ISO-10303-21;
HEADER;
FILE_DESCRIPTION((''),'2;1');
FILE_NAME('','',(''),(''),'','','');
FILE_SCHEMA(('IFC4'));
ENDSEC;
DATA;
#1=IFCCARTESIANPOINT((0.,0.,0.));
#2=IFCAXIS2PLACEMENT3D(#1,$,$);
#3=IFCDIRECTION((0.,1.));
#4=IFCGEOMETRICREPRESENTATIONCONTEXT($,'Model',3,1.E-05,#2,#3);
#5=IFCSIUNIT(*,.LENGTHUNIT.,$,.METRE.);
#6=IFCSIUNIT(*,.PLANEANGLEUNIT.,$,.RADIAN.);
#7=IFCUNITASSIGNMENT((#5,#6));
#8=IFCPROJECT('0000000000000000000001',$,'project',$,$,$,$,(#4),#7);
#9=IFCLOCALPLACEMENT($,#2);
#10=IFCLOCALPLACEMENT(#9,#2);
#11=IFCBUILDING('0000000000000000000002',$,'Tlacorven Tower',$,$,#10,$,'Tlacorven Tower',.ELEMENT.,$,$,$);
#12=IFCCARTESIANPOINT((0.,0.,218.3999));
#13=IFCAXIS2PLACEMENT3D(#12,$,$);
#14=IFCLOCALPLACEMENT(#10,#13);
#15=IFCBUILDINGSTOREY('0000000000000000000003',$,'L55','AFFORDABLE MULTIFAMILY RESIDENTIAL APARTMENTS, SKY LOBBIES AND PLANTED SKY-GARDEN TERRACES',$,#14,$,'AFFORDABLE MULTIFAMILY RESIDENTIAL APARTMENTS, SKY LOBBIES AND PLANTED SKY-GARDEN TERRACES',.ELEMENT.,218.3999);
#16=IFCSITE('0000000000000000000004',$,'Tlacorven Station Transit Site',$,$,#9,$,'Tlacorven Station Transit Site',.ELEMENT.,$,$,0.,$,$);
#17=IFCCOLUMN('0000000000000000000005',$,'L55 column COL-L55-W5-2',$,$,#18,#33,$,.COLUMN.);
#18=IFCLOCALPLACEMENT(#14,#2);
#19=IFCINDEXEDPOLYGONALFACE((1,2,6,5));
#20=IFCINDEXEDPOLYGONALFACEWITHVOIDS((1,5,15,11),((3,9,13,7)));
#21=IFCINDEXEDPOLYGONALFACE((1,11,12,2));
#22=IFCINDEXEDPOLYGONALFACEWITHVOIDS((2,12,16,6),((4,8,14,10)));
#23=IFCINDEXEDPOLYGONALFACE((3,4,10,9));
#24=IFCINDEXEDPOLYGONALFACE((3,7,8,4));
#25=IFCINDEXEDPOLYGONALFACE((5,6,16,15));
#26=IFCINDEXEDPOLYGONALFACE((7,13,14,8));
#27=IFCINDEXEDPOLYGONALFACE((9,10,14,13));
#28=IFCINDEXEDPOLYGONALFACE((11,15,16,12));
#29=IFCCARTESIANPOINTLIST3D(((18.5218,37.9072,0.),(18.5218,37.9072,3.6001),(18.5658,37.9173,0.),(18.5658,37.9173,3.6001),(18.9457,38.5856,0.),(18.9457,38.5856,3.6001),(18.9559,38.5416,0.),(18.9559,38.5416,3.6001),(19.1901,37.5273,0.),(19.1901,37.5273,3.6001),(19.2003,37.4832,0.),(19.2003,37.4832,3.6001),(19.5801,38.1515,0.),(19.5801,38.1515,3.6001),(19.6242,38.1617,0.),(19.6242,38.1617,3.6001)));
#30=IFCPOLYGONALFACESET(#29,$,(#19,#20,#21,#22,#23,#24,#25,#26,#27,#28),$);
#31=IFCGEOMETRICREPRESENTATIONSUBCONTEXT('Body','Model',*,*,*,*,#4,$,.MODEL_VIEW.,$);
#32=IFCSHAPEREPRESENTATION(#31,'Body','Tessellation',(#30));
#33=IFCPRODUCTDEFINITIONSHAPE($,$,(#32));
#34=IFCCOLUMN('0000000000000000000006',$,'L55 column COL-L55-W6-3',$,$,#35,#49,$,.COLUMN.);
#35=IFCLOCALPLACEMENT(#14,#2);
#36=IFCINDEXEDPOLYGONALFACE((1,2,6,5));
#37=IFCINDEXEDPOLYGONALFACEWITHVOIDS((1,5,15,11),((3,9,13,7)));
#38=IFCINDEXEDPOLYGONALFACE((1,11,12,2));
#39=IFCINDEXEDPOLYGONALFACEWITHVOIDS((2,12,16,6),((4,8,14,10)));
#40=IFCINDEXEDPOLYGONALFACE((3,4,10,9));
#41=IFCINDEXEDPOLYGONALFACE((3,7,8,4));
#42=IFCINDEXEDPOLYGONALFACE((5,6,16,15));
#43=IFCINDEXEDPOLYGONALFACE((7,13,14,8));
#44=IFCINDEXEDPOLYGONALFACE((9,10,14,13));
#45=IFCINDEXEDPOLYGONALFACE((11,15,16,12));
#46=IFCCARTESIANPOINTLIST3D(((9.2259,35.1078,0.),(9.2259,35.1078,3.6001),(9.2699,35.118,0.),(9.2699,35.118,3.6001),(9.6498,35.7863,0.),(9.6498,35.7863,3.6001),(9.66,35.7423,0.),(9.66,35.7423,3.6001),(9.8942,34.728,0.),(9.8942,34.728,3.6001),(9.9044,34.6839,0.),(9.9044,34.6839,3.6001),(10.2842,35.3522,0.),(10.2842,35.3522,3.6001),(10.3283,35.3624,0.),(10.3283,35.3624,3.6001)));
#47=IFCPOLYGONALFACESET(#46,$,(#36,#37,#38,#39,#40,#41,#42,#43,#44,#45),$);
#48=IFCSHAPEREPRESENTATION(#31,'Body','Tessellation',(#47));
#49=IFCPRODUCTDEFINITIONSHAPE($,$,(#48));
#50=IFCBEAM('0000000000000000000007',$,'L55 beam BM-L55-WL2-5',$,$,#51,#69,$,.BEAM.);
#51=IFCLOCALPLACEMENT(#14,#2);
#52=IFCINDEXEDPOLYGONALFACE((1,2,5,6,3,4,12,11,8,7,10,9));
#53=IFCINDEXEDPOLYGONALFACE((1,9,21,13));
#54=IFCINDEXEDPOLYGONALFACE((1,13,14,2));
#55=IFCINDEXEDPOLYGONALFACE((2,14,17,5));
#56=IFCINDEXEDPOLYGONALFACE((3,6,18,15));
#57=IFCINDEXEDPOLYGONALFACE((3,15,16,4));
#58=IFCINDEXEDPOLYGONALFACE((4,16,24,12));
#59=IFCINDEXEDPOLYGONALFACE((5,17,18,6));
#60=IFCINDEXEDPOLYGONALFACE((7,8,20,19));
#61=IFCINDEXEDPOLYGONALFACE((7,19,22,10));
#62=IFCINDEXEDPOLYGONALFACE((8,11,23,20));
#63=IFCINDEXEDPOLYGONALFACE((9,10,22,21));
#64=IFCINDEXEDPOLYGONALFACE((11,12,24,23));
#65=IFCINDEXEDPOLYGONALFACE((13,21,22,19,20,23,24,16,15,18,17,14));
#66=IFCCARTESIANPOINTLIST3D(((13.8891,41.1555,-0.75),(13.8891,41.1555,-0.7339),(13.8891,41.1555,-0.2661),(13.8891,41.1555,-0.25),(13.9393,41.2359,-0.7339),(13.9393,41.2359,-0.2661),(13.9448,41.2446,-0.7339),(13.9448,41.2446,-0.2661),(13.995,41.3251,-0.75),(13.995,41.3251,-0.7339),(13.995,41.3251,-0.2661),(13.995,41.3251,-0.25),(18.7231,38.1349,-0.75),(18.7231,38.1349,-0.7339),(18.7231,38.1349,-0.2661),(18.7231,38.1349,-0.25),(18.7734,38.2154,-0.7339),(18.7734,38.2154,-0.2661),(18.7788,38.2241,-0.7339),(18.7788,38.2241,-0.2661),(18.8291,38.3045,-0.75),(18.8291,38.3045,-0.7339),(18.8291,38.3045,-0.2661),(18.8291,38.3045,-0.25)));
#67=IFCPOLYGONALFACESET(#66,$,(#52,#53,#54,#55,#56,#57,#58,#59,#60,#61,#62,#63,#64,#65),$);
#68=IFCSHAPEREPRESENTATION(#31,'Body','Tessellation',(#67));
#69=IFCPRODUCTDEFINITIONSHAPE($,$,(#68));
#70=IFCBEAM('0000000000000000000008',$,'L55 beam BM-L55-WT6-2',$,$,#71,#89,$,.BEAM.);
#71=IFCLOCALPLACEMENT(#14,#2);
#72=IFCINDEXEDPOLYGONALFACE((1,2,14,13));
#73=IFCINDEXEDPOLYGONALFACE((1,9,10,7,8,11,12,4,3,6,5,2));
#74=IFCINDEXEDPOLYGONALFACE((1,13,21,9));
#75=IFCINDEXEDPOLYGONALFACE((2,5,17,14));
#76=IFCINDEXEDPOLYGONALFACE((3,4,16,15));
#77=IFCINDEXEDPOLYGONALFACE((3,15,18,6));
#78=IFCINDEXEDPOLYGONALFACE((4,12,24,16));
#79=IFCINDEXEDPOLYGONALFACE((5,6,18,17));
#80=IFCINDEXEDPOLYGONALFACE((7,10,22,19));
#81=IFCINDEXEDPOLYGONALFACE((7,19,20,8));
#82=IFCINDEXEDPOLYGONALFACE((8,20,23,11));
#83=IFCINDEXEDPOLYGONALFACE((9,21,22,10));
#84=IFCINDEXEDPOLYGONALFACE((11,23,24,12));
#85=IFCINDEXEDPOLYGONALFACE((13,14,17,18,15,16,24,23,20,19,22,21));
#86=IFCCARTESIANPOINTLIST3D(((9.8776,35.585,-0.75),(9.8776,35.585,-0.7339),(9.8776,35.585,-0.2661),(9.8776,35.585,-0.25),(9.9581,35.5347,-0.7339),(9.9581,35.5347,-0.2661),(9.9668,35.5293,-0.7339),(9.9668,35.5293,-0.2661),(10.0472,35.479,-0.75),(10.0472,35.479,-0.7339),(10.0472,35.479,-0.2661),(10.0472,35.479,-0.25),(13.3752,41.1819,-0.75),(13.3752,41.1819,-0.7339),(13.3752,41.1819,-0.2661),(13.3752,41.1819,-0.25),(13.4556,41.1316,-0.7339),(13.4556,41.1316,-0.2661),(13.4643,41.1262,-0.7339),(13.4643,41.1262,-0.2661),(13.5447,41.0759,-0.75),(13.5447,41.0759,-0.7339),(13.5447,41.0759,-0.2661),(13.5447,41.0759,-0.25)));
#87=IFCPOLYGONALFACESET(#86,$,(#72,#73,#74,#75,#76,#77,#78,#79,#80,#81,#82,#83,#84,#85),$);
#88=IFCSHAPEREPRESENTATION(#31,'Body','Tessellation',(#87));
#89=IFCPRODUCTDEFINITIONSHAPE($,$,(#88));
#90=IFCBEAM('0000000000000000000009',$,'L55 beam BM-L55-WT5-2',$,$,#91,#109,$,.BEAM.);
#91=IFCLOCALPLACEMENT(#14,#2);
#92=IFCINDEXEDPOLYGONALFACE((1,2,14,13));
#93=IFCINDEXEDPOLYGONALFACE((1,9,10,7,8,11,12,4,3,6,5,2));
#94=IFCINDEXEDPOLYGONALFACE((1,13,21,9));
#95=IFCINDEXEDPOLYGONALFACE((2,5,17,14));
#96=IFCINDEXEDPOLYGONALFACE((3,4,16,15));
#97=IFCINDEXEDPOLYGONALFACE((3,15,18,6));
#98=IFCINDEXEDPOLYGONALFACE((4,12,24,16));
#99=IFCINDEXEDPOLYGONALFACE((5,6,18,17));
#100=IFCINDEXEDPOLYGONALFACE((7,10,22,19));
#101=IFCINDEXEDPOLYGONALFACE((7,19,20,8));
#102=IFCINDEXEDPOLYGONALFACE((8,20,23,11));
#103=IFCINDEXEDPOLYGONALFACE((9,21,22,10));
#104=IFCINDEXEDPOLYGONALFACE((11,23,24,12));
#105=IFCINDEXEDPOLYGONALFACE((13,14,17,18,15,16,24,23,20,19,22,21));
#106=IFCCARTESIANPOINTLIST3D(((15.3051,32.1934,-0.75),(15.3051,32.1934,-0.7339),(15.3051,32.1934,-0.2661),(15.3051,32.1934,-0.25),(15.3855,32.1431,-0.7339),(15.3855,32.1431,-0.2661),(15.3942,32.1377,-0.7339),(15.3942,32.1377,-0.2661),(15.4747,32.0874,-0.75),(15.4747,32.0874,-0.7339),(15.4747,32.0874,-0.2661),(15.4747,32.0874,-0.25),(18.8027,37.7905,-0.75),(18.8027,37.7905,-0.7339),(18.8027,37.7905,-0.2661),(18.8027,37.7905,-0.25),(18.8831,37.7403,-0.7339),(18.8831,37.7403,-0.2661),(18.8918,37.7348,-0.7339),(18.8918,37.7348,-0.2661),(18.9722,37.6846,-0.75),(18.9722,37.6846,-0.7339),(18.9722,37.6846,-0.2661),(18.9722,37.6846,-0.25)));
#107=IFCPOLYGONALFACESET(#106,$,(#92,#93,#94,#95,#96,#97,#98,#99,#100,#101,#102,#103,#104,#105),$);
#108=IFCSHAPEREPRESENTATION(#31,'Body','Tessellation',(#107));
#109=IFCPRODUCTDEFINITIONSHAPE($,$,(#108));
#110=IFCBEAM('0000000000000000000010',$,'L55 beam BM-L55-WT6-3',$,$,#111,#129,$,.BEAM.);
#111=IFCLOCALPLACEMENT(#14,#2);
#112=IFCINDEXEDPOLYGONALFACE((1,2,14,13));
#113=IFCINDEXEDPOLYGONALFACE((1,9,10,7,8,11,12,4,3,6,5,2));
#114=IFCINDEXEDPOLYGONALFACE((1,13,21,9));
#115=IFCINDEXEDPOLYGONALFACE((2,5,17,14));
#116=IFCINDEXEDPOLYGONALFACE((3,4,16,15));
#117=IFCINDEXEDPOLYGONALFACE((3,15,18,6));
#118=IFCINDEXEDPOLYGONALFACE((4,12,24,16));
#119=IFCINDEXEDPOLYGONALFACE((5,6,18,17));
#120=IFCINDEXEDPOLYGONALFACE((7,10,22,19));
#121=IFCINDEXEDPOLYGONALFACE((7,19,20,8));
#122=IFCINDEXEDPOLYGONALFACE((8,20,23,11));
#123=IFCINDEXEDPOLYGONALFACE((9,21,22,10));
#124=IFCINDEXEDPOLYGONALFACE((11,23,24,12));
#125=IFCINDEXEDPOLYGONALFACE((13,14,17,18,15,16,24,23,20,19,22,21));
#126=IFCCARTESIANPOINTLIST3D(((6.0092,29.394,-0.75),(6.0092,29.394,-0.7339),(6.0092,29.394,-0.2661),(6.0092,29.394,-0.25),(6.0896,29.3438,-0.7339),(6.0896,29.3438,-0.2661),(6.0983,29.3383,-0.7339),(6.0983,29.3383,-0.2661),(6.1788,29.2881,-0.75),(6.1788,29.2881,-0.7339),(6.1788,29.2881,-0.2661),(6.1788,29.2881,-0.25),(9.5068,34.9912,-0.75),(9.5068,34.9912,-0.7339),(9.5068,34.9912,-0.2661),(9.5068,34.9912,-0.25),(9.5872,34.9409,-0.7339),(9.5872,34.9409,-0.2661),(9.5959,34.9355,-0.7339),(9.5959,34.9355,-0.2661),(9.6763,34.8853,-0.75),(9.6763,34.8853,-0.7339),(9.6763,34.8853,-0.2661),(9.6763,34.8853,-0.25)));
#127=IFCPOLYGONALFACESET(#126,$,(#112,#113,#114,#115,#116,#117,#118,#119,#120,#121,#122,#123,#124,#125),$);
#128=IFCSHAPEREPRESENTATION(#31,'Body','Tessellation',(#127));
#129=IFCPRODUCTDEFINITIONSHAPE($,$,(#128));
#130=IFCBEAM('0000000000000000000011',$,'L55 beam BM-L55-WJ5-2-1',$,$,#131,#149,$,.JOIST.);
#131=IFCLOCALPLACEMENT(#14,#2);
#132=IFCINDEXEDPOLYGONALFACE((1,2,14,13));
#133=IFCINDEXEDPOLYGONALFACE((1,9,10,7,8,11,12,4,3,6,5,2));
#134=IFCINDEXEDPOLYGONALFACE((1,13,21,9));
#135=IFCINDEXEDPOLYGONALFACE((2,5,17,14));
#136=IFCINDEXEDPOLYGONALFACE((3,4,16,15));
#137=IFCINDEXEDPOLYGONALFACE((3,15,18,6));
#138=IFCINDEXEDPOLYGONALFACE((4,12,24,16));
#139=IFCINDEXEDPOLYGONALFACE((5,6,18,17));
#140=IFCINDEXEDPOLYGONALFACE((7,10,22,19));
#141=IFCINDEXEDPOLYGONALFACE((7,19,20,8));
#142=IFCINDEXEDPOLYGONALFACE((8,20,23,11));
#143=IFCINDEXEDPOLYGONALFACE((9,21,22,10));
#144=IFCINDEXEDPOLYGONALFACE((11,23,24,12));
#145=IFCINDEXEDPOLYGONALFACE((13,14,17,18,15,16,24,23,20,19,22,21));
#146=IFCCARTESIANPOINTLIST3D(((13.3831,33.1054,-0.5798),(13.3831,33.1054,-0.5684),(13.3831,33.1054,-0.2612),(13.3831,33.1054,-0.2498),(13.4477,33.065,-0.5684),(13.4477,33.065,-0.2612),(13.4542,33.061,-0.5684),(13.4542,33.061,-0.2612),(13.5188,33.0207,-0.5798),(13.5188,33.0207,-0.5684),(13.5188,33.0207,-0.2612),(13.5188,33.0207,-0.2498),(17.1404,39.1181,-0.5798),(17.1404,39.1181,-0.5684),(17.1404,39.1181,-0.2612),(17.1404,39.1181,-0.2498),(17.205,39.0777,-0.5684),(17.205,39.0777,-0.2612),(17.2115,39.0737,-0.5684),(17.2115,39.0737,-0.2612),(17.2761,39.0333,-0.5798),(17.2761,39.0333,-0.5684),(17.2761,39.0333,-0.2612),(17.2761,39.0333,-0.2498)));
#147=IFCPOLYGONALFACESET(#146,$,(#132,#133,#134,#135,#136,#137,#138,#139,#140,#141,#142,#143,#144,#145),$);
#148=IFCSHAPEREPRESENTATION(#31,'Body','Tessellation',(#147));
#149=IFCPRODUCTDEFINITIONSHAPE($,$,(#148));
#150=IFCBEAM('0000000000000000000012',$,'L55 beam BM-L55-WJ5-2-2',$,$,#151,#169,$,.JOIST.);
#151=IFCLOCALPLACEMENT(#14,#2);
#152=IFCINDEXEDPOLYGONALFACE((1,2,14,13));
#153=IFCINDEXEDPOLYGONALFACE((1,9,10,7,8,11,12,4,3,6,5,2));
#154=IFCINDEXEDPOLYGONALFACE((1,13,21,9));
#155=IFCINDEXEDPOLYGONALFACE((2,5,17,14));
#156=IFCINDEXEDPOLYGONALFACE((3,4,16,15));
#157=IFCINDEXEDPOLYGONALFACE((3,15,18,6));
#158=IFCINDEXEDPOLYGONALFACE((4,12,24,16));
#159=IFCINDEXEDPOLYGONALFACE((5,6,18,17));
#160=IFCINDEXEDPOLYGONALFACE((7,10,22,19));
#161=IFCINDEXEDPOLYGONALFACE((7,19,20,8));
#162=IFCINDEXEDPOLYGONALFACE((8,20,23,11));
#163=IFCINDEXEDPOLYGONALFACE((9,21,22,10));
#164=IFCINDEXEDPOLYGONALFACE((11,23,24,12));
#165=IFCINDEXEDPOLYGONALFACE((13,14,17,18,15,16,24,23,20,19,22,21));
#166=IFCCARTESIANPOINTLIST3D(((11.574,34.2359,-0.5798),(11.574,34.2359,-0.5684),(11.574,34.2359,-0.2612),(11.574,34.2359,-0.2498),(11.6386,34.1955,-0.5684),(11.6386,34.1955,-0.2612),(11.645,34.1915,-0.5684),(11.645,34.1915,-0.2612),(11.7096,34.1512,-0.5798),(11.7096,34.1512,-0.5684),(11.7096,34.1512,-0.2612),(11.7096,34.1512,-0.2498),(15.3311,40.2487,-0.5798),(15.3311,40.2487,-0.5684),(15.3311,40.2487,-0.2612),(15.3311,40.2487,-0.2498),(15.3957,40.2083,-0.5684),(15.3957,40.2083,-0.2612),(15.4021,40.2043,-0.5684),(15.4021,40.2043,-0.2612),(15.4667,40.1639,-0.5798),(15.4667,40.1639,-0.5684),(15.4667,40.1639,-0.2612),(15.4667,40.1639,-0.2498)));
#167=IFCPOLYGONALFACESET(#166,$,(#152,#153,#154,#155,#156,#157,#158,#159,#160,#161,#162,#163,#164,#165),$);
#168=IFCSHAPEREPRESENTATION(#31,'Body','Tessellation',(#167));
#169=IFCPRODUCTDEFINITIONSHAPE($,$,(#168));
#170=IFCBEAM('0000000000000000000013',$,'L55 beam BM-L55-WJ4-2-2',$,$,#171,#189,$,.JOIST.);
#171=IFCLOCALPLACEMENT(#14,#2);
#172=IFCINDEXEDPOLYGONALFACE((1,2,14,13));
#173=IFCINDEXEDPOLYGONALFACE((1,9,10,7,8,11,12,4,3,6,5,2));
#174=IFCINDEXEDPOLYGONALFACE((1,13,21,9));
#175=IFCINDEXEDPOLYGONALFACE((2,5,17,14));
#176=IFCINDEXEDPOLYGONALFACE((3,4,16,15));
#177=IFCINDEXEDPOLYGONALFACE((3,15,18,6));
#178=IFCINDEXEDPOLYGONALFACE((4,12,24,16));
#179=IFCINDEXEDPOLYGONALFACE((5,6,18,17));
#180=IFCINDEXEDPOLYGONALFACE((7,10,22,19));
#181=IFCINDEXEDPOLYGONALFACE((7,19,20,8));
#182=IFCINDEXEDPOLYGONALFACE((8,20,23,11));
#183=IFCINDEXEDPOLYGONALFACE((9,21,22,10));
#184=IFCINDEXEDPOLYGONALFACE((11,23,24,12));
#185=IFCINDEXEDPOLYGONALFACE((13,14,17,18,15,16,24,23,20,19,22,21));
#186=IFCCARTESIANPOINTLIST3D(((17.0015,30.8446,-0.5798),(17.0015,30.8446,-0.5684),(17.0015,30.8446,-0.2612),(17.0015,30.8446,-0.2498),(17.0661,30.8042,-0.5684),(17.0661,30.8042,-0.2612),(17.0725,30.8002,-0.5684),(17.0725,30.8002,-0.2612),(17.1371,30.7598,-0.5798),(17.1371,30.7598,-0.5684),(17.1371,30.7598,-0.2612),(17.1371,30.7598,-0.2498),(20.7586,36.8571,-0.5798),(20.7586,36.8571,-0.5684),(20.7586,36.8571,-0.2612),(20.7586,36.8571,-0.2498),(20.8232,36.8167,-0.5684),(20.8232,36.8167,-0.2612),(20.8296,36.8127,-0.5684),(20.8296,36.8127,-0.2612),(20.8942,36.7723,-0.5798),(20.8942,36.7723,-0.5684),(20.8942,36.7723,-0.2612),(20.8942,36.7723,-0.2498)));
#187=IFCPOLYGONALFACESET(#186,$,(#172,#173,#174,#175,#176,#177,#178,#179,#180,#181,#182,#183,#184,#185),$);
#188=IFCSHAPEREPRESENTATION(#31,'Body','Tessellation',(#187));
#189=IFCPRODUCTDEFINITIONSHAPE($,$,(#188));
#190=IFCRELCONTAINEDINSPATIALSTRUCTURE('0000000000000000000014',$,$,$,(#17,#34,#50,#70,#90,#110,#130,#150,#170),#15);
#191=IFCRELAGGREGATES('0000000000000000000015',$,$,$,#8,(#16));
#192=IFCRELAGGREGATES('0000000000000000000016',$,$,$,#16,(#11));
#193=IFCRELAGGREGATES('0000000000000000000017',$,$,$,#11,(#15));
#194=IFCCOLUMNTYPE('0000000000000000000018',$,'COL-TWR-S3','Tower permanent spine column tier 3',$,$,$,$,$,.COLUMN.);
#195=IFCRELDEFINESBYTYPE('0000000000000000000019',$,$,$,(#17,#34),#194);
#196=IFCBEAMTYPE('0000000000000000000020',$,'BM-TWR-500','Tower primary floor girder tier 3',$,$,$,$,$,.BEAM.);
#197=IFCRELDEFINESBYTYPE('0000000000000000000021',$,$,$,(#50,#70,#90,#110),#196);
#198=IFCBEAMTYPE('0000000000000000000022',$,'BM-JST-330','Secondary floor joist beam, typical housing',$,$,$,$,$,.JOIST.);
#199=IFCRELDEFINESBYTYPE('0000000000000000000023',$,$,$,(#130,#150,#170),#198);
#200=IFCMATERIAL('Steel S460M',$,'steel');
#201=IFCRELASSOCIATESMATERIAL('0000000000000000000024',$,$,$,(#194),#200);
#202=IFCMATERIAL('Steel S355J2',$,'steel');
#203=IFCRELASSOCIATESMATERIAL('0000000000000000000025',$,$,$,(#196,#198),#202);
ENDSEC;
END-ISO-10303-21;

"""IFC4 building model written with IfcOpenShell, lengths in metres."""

from ifc_helpers import new_model, si_unit, direction, frame, origin, origin_2d, place, context, subcontext, project, spatial, hollow_rectangle, i_section, extrude, source, transform, mapped, material, material_profile, profile_set, type_object, element, save


model = new_model("IFC4")

# Units and contexts
model_context = context("Model", 3, precision=1e-05, world=origin(), true_north=direction((0.0, 1.0)))
body_context = subcontext(model_context, "Body", "Model", "MODEL_VIEW")
ifc_project = project(units=[si_unit("LENGTHUNIT", "METRE"), si_unit("PLANEANGLEUNIT", "RADIAN")], contexts=[model_context])

# Site, building, storey
site_placement = place(None, origin())
site = spatial("IfcSite", under=ifc_project, at=site_placement, Name="Tlacorven Station Transit Site", LongName="Tlacorven Station Transit Site", CompositionType="ELEMENT", RefElevation=0.0)
building_placement = place(site_placement, origin())
building = spatial("IfcBuilding", under=site, at=building_placement, Name="Tlacorven Tower", LongName="Tlacorven Tower", CompositionType="ELEMENT")
storey_placement = place(building_placement, frame((0.0, 0.0, 218.3999)))
storey = spatial("IfcBuildingStorey", under=building, at=storey_placement, Name="L55", Description="AFFORDABLE MULTIFAMILY RESIDENTIAL APARTMENTS, SKY LOBBIES AND PLANTED SKY-GARDEN TERRACES", LongName="AFFORDABLE MULTIFAMILY RESIDENTIAL APARTMENTS, SKY LOBBIES AND PLANTED SKY-GARDEN TERRACES", CompositionType="ELEMENT", Elevation=218.3999)

# Columns
ifc_material_1 = material(Name="Steel S460M", Category="steel")
ifc_material_profile_1 = material_profile(ifc_material_1, hollow_rectangle(XDim=0.8, YDim=0.8, WallThickness=0.032, at=origin_2d()), Name="BOX 800X800X32")
ifc_profile_set_1 = profile_set([ifc_material_profile_1], Name="Steel S460M")
column_type = type_object("IfcColumnType", Name="COL-TWR-S3", Description="Tower permanent spine column tier 3", PredefinedType="COLUMN", material=ifc_profile_set_1)
shared_shape_1 = source(origin(), body_context, "Body", "SweptSolid", [
    extrude(hollow_rectangle(XDim=0.8, YDim=0.8, WallThickness=0.032, at=origin_2d()), origin(), (0.0, 0.0, 1.0), 3.6001),
])
for number, where, z_axis, x_axis, name in (
    (1, (19.073, 38.0344, 0.0), (0.0, 0.0, 1.0), (-0.848048, 0.529919, 0.0), "L55 column COL-L55-W5-2"),
    (2, (9.7771, 35.2351, 0.0), (0.0, 0.0, 1.0), (-0.848048, 0.529919, 0.0), "L55 column COL-L55-W6-3"),
):
    element("IfcColumn", number, at=place(storey_placement, frame(where, z_axis=z_axis, x_axis=x_axis)), inside=storey, type_object=column_type, Name=name, PredefinedType="COLUMN", context=body_context, shape_type="MappedRepresentation", body=[
        mapped(shared_shape_1, transform((0.0, 0.0, 0.0), scale=1.0)),
    ])

# Beams
ifc_material_2 = material(Name="Steel S355J2", Category="steel")
ifc_material_profile_2 = material_profile(ifc_material_2, i_section(OverallWidth=0.2, OverallDepth=0.5, WebThickness=0.0103, FlangeThickness=0.0161, at=origin_2d()), Name="IPE 500")
ifc_profile_set_2 = profile_set([ifc_material_profile_2], Name="Steel S355J2")
beam_type_1 = type_object("IfcBeamType", Name="BM-TWR-500", Description="Tower primary floor girder tier 3", PredefinedType="BEAM", material=ifc_profile_set_2)
shared_shape_2 = source(origin(), body_context, "Body", "SweptSolid", [
    extrude(i_section(OverallWidth=0.2, OverallDepth=0.5, WebThickness=0.0103, FlangeThickness=0.0161, at=origin_2d()), origin(), (0.0, 0.0, 1.0), 5.7002),
])
beam_1_placement = place(storey_placement, frame((18.7761, 38.2197, -0.5), z_axis=(-0.848056, 0.529907, 0.0), x_axis=(-0.529907, -0.848056, 0.0)))
element("IfcBeam", 3, at=beam_1_placement, inside=storey, type_object=beam_type_1, Name="L55 beam BM-L55-WL2-5", PredefinedType="BEAM", context=body_context, shape_type="MappedRepresentation", body=[
    mapped(shared_shape_2, transform((0.0, 0.0, 0.0), scale=1.0)),
])
shared_shape_3 = source(origin(), body_context, "Body", "SweptSolid", [
    extrude(i_section(OverallWidth=0.2, OverallDepth=0.5, WebThickness=0.0103, FlangeThickness=0.0161, at=origin_2d()), origin(), (0.0, 0.0, 1.0), 6.5999),
])
beam_2_placement = place(storey_placement, frame((13.46, 41.1289, -0.5), z_axis=(-0.529942, -0.848034, 0.0), x_axis=(0.848034, -0.529942, 0.0)))
element("IfcBeam", 4, at=beam_2_placement, inside=storey, type_object=beam_type_1, Name="L55 beam BM-L55-WT6-2", PredefinedType="BEAM", context=body_context, shape_type="MappedRepresentation", body=[
    mapped(shared_shape_3, transform((0.0, 0.0, 0.0), scale=1.0)),
])
shared_shape_4 = source(origin(), body_context, "Body", "SweptSolid", [
    extrude(i_section(OverallWidth=0.2, OverallDepth=0.5, WebThickness=0.0103, FlangeThickness=0.0161, at=origin_2d()), origin(), (0.0, 0.0, 1.0), 6.6001),
])
for number, where, z_axis, x_axis, name in (
    (5, (18.8875, 37.7375, -0.5), (-0.529926, -0.848044, 0.0), (0.848044, -0.529926, 0.0), "L55 beam BM-L55-WT5-2"),
    (6, (9.5916, 34.9382, -0.5), (-0.529926, -0.848044, 0.0), (0.848044, -0.529926, 0.0), "L55 beam BM-L55-WT6-3"),
):
    element("IfcBeam", number, at=place(storey_placement, frame(where, z_axis=z_axis, x_axis=x_axis)), inside=storey, type_object=beam_type_1, Name=name, PredefinedType="BEAM", context=body_context, shape_type="MappedRepresentation", body=[
        mapped(shared_shape_4, transform((0.0, 0.0, 0.0), scale=1.0)),
    ])
ifc_material_profile_3 = material_profile(ifc_material_2, i_section(OverallWidth=0.1599, OverallDepth=0.3301, WebThickness=0.0076, FlangeThickness=0.0115, at=origin_2d()), Name="IPE 330")
ifc_profile_set_3 = profile_set([ifc_material_profile_3], Name="Steel S355J2")
beam_type_2 = type_object("IfcBeamType", Name="BM-JST-330", Description="Secondary floor joist beam, typical housing", PredefinedType="JOIST", material=ifc_profile_set_3)
shared_shape_5 = source(origin(), body_context, "Body", "SweptSolid", [
    extrude(i_section(OverallWidth=0.1599, OverallDepth=0.3301, WebThickness=0.0076, FlangeThickness=0.0115, at=origin_2d()), origin(), (0.0, 0.0, 1.0), 7.0901),
])
for number, where, z_axis, x_axis, name in (
    (7, (17.2083, 39.0757, -0.4148), (-0.529937, -0.848037, 0.0), (0.848037, -0.529937, 0.0), "L55 beam BM-L55-WJ5-2-1"),
    (8, (15.3989, 40.2063, -0.4148), (-0.529912, -0.848052, 0.0), (0.848052, -0.529912, 0.0), "L55 beam BM-L55-WJ5-2-2"),
):
    element("IfcBeam", number, at=place(storey_placement, frame(where, z_axis=z_axis, x_axis=x_axis)), inside=storey, type_object=beam_type_2, Name=name, PredefinedType="JOIST", context=body_context, shape_type="MappedRepresentation", body=[
        mapped(shared_shape_5, transform((0.0, 0.0, 0.0), scale=1.0)),
    ])
shared_shape_6 = source(origin(), body_context, "Body", "SweptSolid", [
    extrude(i_section(OverallWidth=0.1599, OverallDepth=0.3301, WebThickness=0.0076, FlangeThickness=0.0115, at=origin_2d()), origin(), (0.0, 0.0, 1.0), 7.0898),
])
beam_3_placement = place(storey_placement, frame((20.8264, 36.8147, -0.4148), z_axis=(-0.529928, -0.848043, 0.0), x_axis=(0.848043, -0.529928, 0.0)))
element("IfcBeam", 9, at=beam_3_placement, inside=storey, type_object=beam_type_2, Name="L55 beam BM-L55-WJ4-2-2", PredefinedType="JOIST", context=body_context, shape_type="MappedRepresentation", body=[
    mapped(shared_shape_6, transform((0.0, 0.0, 0.0), scale=1.0)),
])

save(model, "model.ifc")
